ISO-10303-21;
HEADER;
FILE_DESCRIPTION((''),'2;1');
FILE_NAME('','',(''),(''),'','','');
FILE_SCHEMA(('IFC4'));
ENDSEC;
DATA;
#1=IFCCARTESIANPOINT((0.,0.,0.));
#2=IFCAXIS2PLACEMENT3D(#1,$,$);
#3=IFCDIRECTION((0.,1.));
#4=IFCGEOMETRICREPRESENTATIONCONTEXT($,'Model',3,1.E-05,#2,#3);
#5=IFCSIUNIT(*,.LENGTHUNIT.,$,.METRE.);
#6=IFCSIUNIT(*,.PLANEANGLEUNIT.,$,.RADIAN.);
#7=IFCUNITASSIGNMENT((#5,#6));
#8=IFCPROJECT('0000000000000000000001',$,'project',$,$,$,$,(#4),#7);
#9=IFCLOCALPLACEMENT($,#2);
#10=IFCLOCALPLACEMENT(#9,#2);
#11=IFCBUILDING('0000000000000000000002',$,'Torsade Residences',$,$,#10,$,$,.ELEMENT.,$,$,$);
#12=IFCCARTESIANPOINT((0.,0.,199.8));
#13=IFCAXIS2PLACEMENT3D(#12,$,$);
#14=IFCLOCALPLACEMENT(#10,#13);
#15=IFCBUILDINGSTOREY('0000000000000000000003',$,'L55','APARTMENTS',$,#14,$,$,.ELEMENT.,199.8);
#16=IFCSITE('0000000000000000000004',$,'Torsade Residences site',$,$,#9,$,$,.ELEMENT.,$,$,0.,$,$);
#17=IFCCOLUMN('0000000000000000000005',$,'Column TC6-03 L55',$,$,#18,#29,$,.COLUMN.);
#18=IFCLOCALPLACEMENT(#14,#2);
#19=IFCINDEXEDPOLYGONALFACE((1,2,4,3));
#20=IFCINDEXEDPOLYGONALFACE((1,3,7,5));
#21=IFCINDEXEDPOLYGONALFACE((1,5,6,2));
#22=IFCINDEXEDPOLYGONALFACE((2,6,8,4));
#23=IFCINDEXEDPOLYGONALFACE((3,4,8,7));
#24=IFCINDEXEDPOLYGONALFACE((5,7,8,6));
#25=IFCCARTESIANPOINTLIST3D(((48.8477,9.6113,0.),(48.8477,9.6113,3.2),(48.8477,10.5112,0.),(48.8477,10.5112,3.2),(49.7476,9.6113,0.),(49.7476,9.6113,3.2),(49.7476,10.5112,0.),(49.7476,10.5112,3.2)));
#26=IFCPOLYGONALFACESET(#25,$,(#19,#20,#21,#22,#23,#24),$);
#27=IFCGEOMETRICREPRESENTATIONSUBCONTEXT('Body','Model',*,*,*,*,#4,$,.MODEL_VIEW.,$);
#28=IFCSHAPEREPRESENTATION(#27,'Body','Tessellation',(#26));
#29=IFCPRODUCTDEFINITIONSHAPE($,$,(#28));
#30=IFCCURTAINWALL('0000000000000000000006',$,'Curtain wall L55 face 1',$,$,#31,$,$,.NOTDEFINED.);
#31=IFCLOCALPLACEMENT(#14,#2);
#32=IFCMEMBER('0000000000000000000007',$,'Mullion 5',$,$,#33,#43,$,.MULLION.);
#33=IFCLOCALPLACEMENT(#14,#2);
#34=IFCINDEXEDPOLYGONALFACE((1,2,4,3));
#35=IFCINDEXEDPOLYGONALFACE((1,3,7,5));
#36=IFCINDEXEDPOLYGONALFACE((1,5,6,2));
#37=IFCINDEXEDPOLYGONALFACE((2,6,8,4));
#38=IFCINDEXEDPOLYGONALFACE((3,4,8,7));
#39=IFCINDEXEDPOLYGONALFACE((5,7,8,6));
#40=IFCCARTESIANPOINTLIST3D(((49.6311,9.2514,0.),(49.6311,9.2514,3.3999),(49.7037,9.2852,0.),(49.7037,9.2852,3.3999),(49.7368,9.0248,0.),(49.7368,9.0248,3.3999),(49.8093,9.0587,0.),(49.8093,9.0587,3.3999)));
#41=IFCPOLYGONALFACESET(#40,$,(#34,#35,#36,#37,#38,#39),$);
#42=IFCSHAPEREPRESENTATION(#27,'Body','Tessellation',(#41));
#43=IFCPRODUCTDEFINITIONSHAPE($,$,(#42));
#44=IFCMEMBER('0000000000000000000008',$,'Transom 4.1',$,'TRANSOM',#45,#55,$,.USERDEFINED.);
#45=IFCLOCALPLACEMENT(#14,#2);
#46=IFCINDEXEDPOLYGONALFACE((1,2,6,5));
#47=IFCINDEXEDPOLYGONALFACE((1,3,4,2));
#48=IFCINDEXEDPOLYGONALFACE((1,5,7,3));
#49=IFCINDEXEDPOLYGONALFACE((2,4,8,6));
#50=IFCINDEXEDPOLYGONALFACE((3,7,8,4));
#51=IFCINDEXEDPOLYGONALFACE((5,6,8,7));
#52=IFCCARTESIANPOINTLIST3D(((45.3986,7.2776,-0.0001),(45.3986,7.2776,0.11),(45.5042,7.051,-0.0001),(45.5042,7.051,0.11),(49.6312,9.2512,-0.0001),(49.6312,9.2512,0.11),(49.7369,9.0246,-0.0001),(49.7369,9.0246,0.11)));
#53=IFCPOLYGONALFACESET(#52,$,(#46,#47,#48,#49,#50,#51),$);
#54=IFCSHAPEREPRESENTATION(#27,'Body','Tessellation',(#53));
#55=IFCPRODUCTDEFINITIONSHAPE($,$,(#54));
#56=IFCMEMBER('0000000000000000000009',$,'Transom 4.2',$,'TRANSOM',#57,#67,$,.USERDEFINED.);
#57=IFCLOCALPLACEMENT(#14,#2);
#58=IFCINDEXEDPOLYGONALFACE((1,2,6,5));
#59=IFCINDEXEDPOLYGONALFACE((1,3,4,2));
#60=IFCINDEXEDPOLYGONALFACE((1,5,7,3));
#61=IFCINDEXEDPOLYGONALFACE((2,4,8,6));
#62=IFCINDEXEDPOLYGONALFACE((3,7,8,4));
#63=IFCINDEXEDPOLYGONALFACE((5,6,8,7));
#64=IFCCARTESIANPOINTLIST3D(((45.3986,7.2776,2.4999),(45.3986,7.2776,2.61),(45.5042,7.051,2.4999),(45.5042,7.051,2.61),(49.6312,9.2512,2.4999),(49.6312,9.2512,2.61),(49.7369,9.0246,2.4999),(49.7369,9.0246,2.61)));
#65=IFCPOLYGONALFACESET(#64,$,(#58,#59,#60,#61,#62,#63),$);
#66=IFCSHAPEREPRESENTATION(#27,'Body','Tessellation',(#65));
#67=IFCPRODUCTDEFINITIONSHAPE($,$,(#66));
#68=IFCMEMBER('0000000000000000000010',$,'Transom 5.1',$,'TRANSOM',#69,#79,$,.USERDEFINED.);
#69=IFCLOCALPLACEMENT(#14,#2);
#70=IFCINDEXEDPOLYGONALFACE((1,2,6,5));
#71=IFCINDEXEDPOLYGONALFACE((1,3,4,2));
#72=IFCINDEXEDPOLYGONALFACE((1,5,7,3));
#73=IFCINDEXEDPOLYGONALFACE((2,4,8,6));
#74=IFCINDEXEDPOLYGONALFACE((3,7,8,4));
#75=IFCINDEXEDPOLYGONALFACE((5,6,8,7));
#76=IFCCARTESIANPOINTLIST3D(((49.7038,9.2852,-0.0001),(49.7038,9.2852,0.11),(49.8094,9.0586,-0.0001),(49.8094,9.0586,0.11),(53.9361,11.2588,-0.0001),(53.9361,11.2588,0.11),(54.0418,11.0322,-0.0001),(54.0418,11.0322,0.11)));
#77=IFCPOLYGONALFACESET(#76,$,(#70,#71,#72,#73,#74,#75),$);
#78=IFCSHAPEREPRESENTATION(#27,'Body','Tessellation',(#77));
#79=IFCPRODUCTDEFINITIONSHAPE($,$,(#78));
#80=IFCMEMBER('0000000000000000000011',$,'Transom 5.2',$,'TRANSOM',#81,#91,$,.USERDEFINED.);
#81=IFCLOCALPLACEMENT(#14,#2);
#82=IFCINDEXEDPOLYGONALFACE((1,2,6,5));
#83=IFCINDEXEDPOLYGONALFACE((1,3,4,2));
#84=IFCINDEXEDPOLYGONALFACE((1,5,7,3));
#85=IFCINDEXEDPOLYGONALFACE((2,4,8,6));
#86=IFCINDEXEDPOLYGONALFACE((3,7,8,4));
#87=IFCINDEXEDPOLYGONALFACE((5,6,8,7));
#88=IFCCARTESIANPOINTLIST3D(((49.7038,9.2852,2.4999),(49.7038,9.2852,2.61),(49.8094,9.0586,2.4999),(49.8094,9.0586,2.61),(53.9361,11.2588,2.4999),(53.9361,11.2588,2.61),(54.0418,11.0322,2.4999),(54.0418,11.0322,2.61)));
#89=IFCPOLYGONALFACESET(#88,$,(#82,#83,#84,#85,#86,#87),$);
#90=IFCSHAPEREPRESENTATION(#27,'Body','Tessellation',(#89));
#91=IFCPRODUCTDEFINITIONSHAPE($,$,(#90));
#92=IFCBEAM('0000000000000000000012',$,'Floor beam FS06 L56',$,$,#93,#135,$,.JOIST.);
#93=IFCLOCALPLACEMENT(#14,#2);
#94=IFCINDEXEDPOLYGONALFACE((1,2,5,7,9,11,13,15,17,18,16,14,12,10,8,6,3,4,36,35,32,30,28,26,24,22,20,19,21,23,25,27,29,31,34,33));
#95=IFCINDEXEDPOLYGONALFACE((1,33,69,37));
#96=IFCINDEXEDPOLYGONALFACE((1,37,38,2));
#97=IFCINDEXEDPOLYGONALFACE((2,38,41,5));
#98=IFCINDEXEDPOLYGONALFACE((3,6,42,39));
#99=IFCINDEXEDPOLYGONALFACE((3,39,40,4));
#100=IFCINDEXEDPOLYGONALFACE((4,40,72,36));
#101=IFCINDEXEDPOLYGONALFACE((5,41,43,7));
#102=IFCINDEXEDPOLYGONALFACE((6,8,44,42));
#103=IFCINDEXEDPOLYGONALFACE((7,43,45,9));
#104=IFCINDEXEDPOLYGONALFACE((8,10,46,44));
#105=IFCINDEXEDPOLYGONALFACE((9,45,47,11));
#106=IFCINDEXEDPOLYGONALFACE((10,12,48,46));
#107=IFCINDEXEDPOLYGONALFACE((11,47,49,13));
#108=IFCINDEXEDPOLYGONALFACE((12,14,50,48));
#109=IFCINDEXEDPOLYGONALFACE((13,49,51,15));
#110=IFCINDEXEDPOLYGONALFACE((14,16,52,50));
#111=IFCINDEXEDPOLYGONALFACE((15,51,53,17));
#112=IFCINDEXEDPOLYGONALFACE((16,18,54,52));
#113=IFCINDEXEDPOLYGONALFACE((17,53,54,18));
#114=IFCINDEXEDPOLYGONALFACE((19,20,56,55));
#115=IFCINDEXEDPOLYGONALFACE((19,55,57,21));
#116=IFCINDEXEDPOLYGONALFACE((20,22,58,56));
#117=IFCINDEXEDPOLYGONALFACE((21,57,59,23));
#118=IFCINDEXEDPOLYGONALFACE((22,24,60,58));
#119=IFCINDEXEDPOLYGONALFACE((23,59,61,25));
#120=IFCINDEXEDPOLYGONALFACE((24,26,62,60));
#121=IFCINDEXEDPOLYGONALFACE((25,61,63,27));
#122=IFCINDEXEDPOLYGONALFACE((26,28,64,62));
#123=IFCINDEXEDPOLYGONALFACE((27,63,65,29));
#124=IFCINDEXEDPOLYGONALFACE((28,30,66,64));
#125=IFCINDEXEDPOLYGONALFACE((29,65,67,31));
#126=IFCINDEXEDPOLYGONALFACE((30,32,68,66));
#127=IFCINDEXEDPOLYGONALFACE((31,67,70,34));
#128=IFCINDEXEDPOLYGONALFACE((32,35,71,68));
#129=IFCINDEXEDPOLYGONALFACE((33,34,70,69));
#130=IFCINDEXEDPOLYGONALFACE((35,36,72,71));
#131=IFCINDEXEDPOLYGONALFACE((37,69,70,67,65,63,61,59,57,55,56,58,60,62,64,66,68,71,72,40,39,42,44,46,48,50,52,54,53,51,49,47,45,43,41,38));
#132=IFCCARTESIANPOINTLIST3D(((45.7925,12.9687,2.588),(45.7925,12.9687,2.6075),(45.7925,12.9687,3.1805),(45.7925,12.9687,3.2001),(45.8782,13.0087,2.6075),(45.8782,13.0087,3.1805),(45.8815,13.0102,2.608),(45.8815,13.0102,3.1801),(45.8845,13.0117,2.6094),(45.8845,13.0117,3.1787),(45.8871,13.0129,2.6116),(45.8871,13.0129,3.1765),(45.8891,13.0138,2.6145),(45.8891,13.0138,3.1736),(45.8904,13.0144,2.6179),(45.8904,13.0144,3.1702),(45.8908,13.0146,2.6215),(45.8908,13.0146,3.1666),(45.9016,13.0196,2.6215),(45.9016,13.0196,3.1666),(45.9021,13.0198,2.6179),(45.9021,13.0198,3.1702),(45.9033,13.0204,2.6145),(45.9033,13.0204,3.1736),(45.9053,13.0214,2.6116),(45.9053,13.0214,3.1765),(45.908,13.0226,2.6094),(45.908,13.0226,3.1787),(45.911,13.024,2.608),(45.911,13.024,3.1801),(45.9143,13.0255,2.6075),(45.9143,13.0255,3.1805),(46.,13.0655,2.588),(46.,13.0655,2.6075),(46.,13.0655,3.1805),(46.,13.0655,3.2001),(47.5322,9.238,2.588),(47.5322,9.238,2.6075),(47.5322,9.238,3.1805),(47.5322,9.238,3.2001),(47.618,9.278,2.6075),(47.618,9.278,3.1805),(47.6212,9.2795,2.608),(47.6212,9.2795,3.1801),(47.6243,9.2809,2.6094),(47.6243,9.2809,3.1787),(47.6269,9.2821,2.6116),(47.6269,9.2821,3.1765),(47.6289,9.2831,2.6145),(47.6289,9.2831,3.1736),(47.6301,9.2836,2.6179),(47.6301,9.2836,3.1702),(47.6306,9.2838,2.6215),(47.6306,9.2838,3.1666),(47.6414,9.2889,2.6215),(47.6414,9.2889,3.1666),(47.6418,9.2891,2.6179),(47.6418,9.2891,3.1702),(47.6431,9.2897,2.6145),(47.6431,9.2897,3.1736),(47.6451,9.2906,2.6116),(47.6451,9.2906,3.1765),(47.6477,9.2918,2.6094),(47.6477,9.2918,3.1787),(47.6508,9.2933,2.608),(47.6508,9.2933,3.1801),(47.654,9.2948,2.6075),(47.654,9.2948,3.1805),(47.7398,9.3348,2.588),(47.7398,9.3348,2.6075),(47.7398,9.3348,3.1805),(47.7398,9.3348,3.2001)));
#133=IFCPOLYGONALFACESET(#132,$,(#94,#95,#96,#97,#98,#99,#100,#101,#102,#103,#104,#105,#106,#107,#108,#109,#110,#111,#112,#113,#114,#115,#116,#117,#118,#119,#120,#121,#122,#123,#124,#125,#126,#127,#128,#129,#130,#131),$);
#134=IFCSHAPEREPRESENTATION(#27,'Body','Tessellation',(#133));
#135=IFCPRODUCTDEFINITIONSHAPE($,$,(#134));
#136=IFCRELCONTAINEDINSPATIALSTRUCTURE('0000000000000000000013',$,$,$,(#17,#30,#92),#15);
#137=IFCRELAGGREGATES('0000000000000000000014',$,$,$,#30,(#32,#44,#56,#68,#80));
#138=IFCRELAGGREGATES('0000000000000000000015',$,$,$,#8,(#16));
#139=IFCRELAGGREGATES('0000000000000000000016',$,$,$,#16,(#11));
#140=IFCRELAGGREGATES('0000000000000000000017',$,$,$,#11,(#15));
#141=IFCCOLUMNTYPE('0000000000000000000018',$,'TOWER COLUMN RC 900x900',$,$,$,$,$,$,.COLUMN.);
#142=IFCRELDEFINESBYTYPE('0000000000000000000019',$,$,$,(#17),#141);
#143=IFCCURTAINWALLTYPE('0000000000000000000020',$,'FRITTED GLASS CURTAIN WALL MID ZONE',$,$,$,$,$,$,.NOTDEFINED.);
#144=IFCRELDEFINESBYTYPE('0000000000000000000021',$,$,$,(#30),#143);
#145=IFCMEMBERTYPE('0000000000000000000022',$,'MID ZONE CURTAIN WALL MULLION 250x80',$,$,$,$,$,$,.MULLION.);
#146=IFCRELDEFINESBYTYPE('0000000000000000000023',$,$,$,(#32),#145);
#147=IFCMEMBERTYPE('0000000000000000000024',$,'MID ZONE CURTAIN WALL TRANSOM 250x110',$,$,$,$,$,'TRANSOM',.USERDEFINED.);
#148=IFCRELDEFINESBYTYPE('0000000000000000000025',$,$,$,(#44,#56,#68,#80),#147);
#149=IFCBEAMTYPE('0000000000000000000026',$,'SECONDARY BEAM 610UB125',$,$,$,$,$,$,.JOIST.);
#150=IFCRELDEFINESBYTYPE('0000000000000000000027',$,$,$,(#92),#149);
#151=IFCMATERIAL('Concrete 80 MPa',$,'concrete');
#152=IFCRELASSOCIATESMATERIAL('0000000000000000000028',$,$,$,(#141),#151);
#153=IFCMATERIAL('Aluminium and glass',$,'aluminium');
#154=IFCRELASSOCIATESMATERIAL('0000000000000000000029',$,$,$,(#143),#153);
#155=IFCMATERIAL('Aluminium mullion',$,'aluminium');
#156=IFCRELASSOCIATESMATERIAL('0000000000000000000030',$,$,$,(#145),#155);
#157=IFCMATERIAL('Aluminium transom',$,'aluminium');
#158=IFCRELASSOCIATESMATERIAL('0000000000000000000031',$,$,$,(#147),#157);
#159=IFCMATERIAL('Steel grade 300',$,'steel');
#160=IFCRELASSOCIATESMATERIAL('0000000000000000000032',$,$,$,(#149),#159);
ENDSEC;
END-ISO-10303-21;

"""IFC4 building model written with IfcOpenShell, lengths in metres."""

from ifc_helpers import new_model, si_unit, direction, frame, origin, origin_2d, place, context, subcontext, project, spatial, rectangle, i_section, extrude, material, material_profile, profile_set, type_object, element, aggregate, save


model = new_model("IFC4")

# Units and contexts
model_context = context("Model", 3, precision=1e-05, world=origin(), true_north=direction((0.0, 1.0)))
body_context = subcontext(model_context, "Body", "Model", "MODEL_VIEW")
ifc_project = project(units=[si_unit("LENGTHUNIT", "METRE"), si_unit("PLANEANGLEUNIT", "RADIAN")], contexts=[model_context])

# Site, building, storey
site_placement = place(None, origin())
site = spatial("IfcSite", under=ifc_project, at=site_placement, Name="Torsade Residences site", CompositionType="ELEMENT", RefElevation=0.0)
building_placement = place(site_placement, origin())
building = spatial("IfcBuilding", under=site, at=building_placement, Name="Torsade Residences", CompositionType="ELEMENT")
storey_placement = place(building_placement, frame((0.0, 0.0, 199.8)))
storey = spatial("IfcBuildingStorey", under=building, at=storey_placement, Name="L55", Description="APARTMENTS", CompositionType="ELEMENT", Elevation=199.8)

# Column
ifc_material_1 = material(Name="Concrete 80 MPa", Category="concrete")
ifc_material_profile_1 = material_profile(ifc_material_1, rectangle(XDim=0.8999, YDim=0.8999, at=origin_2d()), Name="RC 900x900")
ifc_profile_set_1 = profile_set([ifc_material_profile_1], Name="Concrete 80 MPa")
column_type = type_object("IfcColumnType", Name="TOWER COLUMN RC 900x900", PredefinedType="COLUMN", material=ifc_profile_set_1)
column_placement = place(storey_placement, frame((49.2976, 10.0613, 0.0), z_axis=(0.0, 0.0, 1.0), x_axis=(1.0, 0.0, 0.0)))
element("IfcColumn", 1, at=column_placement, inside=storey, type_object=column_type, Name="Column TC6-03 L55", PredefinedType="COLUMN", context=body_context, shape_type="SweptSolid", body=[
    extrude(rectangle(XDim=0.8999, YDim=0.8999, at=origin_2d()), origin(), (0.0, 0.0, 1.0), 3.2),
])

# Curtain wall, members
ifc_material_2 = material(Name="Aluminium and glass", Category="aluminium")
curtain_wall_type = type_object("IfcCurtainWallType", Name="FRITTED GLASS CURTAIN WALL MID ZONE", PredefinedType="NOTDEFINED", material=ifc_material_2)
curtain_wall_placement = place(storey_placement, origin())
curtain_wall = element("IfcCurtainWall", 2, at=curtain_wall_placement, inside=storey, type_object=curtain_wall_type, Name="Curtain wall L55 face 1", PredefinedType="NOTDEFINED")
ifc_material_3 = material(Name="Aluminium mullion", Category="aluminium")
ifc_material_profile_2 = material_profile(ifc_material_3, rectangle(XDim=0.25, YDim=0.0801, at=origin_2d()), Name="MID ZONE CURTAIN WALL MULLION 250x80")
ifc_profile_set_2 = profile_set([ifc_material_profile_2], Name="Aluminium mullion")
member_type_1 = type_object("IfcMemberType", Name="MID ZONE CURTAIN WALL MULLION 250x80", PredefinedType="MULLION", material=ifc_profile_set_2)
member_1_placement = place(storey_placement, frame((49.7202, 9.155, 0.0), z_axis=(0.0, 0.0, 1.0), x_axis=(-0.422618, 0.906308, 0.0)))
member_1 = element("IfcMember", 3, at=member_1_placement, type_object=member_type_1, Name="Mullion 5", PredefinedType="MULLION", context=body_context, shape_type="SweptSolid", body=[
    extrude(rectangle(XDim=0.25, YDim=0.0801, at=origin_2d()), origin(), (0.0, 0.0, 1.0), 3.3999),
])
ifc_material_4 = material(Name="Aluminium transom", Category="aluminium")
ifc_material_profile_3 = material_profile(ifc_material_4, rectangle(XDim=0.25, YDim=0.1101, at=origin_2d()), Name="MID ZONE CURTAIN WALL TRANSOM 250x110")
ifc_profile_set_3 = profile_set([ifc_material_profile_3], Name="Aluminium transom")
member_type_2 = type_object("IfcMemberType", Name="MID ZONE CURTAIN WALL TRANSOM 250x110", ElementType="TRANSOM", PredefinedType="USERDEFINED", material=ifc_profile_set_3)
member_2_placement = place(storey_placement, frame((45.4514, 7.1643, 0.0549), z_axis=(0.906315, 0.422602, 0.0), x_axis=(-0.422602, 0.906315, 0.0)))
member_2 = element("IfcMember", 4, at=member_2_placement, type_object=member_type_2, Name="Transom 4.1", ObjectType="TRANSOM", PredefinedType="USERDEFINED", context=body_context, shape_type="SweptSolid", body=[
    extrude(rectangle(XDim=0.25, YDim=0.1101, at=origin_2d()), origin(), (0.0, 0.0, 1.0), 4.6702),
])
member_3_placement = place(storey_placement, frame((45.4514, 7.1643, 2.5549), z_axis=(0.906315, 0.422602, 0.0), x_axis=(-0.422602, 0.906315, 0.0)))
member_3 = element("IfcMember", 5, at=member_3_placement, type_object=member_type_2, Name="Transom 4.2", ObjectType="TRANSOM", PredefinedType="USERDEFINED", context=body_context, shape_type="SweptSolid", body=[
    extrude(rectangle(XDim=0.25, YDim=0.1101, at=origin_2d()), origin(), (0.0, 0.0, 1.0), 4.6702),
])
member_4_placement = place(storey_placement, frame((49.7566, 9.1719, 0.0549), z_axis=(0.906306, 0.422622, 0.0), x_axis=(-0.422622, 0.906306, 0.0)))
member_4 = element("IfcMember", 6, at=member_4_placement, type_object=member_type_2, Name="Transom 5.1", ObjectType="TRANSOM", PredefinedType="USERDEFINED", context=body_context, shape_type="SweptSolid", body=[
    extrude(rectangle(XDim=0.25, YDim=0.1101, at=origin_2d()), origin(), (0.0, 0.0, 1.0), 4.6699),
])
member_5_placement = place(storey_placement, frame((49.7566, 9.1719, 2.5549), z_axis=(0.906306, 0.422622, 0.0), x_axis=(-0.422622, 0.906306, 0.0)))
member_5 = element("IfcMember", 7, at=member_5_placement, type_object=member_type_2, Name="Transom 5.2", ObjectType="TRANSOM", PredefinedType="USERDEFINED", context=body_context, shape_type="SweptSolid", body=[
    extrude(rectangle(XDim=0.25, YDim=0.1101, at=origin_2d()), origin(), (0.0, 0.0, 1.0), 4.6699),
])

# Beam
ifc_material_5 = material(Name="Steel grade 300", Category="steel")
ifc_material_profile_4 = material_profile(ifc_material_5, i_section(OverallWidth=0.229, OverallDepth=0.6121, WebThickness=0.012, FlangeThickness=0.0195, FilletRadius=0.0139, at=origin_2d()), Name="610UB125")
ifc_profile_set_4 = profile_set([ifc_material_profile_4], Name="Steel grade 300")
beam_type_1 = type_object("IfcBeamType", Name="SECONDARY BEAM 610UB125", PredefinedType="JOIST", material=ifc_profile_set_4)
beam_1_placement = place(storey_placement, frame((47.636, 9.2864, 2.894), z_axis=(-0.422635, 0.9063, 0.0), x_axis=(-0.9063, -0.422635, 0.0)))
element("IfcBeam", 8, at=beam_1_placement, inside=storey, type_object=beam_type_1, Name="Floor beam FS06 L56", PredefinedType="JOIST", context=body_context, shape_type="SweptSolid", body=[
    extrude(i_section(OverallWidth=0.229, OverallDepth=0.6121, WebThickness=0.012, FlangeThickness=0.0195, FilletRadius=0.0139, at=origin_2d()), origin(), (0.0, 0.0, 1.0), 4.1165),
])

aggregate(curtain_wall, [member_1, member_2, member_3, member_4, member_5])

save(model, "model.ifc")
